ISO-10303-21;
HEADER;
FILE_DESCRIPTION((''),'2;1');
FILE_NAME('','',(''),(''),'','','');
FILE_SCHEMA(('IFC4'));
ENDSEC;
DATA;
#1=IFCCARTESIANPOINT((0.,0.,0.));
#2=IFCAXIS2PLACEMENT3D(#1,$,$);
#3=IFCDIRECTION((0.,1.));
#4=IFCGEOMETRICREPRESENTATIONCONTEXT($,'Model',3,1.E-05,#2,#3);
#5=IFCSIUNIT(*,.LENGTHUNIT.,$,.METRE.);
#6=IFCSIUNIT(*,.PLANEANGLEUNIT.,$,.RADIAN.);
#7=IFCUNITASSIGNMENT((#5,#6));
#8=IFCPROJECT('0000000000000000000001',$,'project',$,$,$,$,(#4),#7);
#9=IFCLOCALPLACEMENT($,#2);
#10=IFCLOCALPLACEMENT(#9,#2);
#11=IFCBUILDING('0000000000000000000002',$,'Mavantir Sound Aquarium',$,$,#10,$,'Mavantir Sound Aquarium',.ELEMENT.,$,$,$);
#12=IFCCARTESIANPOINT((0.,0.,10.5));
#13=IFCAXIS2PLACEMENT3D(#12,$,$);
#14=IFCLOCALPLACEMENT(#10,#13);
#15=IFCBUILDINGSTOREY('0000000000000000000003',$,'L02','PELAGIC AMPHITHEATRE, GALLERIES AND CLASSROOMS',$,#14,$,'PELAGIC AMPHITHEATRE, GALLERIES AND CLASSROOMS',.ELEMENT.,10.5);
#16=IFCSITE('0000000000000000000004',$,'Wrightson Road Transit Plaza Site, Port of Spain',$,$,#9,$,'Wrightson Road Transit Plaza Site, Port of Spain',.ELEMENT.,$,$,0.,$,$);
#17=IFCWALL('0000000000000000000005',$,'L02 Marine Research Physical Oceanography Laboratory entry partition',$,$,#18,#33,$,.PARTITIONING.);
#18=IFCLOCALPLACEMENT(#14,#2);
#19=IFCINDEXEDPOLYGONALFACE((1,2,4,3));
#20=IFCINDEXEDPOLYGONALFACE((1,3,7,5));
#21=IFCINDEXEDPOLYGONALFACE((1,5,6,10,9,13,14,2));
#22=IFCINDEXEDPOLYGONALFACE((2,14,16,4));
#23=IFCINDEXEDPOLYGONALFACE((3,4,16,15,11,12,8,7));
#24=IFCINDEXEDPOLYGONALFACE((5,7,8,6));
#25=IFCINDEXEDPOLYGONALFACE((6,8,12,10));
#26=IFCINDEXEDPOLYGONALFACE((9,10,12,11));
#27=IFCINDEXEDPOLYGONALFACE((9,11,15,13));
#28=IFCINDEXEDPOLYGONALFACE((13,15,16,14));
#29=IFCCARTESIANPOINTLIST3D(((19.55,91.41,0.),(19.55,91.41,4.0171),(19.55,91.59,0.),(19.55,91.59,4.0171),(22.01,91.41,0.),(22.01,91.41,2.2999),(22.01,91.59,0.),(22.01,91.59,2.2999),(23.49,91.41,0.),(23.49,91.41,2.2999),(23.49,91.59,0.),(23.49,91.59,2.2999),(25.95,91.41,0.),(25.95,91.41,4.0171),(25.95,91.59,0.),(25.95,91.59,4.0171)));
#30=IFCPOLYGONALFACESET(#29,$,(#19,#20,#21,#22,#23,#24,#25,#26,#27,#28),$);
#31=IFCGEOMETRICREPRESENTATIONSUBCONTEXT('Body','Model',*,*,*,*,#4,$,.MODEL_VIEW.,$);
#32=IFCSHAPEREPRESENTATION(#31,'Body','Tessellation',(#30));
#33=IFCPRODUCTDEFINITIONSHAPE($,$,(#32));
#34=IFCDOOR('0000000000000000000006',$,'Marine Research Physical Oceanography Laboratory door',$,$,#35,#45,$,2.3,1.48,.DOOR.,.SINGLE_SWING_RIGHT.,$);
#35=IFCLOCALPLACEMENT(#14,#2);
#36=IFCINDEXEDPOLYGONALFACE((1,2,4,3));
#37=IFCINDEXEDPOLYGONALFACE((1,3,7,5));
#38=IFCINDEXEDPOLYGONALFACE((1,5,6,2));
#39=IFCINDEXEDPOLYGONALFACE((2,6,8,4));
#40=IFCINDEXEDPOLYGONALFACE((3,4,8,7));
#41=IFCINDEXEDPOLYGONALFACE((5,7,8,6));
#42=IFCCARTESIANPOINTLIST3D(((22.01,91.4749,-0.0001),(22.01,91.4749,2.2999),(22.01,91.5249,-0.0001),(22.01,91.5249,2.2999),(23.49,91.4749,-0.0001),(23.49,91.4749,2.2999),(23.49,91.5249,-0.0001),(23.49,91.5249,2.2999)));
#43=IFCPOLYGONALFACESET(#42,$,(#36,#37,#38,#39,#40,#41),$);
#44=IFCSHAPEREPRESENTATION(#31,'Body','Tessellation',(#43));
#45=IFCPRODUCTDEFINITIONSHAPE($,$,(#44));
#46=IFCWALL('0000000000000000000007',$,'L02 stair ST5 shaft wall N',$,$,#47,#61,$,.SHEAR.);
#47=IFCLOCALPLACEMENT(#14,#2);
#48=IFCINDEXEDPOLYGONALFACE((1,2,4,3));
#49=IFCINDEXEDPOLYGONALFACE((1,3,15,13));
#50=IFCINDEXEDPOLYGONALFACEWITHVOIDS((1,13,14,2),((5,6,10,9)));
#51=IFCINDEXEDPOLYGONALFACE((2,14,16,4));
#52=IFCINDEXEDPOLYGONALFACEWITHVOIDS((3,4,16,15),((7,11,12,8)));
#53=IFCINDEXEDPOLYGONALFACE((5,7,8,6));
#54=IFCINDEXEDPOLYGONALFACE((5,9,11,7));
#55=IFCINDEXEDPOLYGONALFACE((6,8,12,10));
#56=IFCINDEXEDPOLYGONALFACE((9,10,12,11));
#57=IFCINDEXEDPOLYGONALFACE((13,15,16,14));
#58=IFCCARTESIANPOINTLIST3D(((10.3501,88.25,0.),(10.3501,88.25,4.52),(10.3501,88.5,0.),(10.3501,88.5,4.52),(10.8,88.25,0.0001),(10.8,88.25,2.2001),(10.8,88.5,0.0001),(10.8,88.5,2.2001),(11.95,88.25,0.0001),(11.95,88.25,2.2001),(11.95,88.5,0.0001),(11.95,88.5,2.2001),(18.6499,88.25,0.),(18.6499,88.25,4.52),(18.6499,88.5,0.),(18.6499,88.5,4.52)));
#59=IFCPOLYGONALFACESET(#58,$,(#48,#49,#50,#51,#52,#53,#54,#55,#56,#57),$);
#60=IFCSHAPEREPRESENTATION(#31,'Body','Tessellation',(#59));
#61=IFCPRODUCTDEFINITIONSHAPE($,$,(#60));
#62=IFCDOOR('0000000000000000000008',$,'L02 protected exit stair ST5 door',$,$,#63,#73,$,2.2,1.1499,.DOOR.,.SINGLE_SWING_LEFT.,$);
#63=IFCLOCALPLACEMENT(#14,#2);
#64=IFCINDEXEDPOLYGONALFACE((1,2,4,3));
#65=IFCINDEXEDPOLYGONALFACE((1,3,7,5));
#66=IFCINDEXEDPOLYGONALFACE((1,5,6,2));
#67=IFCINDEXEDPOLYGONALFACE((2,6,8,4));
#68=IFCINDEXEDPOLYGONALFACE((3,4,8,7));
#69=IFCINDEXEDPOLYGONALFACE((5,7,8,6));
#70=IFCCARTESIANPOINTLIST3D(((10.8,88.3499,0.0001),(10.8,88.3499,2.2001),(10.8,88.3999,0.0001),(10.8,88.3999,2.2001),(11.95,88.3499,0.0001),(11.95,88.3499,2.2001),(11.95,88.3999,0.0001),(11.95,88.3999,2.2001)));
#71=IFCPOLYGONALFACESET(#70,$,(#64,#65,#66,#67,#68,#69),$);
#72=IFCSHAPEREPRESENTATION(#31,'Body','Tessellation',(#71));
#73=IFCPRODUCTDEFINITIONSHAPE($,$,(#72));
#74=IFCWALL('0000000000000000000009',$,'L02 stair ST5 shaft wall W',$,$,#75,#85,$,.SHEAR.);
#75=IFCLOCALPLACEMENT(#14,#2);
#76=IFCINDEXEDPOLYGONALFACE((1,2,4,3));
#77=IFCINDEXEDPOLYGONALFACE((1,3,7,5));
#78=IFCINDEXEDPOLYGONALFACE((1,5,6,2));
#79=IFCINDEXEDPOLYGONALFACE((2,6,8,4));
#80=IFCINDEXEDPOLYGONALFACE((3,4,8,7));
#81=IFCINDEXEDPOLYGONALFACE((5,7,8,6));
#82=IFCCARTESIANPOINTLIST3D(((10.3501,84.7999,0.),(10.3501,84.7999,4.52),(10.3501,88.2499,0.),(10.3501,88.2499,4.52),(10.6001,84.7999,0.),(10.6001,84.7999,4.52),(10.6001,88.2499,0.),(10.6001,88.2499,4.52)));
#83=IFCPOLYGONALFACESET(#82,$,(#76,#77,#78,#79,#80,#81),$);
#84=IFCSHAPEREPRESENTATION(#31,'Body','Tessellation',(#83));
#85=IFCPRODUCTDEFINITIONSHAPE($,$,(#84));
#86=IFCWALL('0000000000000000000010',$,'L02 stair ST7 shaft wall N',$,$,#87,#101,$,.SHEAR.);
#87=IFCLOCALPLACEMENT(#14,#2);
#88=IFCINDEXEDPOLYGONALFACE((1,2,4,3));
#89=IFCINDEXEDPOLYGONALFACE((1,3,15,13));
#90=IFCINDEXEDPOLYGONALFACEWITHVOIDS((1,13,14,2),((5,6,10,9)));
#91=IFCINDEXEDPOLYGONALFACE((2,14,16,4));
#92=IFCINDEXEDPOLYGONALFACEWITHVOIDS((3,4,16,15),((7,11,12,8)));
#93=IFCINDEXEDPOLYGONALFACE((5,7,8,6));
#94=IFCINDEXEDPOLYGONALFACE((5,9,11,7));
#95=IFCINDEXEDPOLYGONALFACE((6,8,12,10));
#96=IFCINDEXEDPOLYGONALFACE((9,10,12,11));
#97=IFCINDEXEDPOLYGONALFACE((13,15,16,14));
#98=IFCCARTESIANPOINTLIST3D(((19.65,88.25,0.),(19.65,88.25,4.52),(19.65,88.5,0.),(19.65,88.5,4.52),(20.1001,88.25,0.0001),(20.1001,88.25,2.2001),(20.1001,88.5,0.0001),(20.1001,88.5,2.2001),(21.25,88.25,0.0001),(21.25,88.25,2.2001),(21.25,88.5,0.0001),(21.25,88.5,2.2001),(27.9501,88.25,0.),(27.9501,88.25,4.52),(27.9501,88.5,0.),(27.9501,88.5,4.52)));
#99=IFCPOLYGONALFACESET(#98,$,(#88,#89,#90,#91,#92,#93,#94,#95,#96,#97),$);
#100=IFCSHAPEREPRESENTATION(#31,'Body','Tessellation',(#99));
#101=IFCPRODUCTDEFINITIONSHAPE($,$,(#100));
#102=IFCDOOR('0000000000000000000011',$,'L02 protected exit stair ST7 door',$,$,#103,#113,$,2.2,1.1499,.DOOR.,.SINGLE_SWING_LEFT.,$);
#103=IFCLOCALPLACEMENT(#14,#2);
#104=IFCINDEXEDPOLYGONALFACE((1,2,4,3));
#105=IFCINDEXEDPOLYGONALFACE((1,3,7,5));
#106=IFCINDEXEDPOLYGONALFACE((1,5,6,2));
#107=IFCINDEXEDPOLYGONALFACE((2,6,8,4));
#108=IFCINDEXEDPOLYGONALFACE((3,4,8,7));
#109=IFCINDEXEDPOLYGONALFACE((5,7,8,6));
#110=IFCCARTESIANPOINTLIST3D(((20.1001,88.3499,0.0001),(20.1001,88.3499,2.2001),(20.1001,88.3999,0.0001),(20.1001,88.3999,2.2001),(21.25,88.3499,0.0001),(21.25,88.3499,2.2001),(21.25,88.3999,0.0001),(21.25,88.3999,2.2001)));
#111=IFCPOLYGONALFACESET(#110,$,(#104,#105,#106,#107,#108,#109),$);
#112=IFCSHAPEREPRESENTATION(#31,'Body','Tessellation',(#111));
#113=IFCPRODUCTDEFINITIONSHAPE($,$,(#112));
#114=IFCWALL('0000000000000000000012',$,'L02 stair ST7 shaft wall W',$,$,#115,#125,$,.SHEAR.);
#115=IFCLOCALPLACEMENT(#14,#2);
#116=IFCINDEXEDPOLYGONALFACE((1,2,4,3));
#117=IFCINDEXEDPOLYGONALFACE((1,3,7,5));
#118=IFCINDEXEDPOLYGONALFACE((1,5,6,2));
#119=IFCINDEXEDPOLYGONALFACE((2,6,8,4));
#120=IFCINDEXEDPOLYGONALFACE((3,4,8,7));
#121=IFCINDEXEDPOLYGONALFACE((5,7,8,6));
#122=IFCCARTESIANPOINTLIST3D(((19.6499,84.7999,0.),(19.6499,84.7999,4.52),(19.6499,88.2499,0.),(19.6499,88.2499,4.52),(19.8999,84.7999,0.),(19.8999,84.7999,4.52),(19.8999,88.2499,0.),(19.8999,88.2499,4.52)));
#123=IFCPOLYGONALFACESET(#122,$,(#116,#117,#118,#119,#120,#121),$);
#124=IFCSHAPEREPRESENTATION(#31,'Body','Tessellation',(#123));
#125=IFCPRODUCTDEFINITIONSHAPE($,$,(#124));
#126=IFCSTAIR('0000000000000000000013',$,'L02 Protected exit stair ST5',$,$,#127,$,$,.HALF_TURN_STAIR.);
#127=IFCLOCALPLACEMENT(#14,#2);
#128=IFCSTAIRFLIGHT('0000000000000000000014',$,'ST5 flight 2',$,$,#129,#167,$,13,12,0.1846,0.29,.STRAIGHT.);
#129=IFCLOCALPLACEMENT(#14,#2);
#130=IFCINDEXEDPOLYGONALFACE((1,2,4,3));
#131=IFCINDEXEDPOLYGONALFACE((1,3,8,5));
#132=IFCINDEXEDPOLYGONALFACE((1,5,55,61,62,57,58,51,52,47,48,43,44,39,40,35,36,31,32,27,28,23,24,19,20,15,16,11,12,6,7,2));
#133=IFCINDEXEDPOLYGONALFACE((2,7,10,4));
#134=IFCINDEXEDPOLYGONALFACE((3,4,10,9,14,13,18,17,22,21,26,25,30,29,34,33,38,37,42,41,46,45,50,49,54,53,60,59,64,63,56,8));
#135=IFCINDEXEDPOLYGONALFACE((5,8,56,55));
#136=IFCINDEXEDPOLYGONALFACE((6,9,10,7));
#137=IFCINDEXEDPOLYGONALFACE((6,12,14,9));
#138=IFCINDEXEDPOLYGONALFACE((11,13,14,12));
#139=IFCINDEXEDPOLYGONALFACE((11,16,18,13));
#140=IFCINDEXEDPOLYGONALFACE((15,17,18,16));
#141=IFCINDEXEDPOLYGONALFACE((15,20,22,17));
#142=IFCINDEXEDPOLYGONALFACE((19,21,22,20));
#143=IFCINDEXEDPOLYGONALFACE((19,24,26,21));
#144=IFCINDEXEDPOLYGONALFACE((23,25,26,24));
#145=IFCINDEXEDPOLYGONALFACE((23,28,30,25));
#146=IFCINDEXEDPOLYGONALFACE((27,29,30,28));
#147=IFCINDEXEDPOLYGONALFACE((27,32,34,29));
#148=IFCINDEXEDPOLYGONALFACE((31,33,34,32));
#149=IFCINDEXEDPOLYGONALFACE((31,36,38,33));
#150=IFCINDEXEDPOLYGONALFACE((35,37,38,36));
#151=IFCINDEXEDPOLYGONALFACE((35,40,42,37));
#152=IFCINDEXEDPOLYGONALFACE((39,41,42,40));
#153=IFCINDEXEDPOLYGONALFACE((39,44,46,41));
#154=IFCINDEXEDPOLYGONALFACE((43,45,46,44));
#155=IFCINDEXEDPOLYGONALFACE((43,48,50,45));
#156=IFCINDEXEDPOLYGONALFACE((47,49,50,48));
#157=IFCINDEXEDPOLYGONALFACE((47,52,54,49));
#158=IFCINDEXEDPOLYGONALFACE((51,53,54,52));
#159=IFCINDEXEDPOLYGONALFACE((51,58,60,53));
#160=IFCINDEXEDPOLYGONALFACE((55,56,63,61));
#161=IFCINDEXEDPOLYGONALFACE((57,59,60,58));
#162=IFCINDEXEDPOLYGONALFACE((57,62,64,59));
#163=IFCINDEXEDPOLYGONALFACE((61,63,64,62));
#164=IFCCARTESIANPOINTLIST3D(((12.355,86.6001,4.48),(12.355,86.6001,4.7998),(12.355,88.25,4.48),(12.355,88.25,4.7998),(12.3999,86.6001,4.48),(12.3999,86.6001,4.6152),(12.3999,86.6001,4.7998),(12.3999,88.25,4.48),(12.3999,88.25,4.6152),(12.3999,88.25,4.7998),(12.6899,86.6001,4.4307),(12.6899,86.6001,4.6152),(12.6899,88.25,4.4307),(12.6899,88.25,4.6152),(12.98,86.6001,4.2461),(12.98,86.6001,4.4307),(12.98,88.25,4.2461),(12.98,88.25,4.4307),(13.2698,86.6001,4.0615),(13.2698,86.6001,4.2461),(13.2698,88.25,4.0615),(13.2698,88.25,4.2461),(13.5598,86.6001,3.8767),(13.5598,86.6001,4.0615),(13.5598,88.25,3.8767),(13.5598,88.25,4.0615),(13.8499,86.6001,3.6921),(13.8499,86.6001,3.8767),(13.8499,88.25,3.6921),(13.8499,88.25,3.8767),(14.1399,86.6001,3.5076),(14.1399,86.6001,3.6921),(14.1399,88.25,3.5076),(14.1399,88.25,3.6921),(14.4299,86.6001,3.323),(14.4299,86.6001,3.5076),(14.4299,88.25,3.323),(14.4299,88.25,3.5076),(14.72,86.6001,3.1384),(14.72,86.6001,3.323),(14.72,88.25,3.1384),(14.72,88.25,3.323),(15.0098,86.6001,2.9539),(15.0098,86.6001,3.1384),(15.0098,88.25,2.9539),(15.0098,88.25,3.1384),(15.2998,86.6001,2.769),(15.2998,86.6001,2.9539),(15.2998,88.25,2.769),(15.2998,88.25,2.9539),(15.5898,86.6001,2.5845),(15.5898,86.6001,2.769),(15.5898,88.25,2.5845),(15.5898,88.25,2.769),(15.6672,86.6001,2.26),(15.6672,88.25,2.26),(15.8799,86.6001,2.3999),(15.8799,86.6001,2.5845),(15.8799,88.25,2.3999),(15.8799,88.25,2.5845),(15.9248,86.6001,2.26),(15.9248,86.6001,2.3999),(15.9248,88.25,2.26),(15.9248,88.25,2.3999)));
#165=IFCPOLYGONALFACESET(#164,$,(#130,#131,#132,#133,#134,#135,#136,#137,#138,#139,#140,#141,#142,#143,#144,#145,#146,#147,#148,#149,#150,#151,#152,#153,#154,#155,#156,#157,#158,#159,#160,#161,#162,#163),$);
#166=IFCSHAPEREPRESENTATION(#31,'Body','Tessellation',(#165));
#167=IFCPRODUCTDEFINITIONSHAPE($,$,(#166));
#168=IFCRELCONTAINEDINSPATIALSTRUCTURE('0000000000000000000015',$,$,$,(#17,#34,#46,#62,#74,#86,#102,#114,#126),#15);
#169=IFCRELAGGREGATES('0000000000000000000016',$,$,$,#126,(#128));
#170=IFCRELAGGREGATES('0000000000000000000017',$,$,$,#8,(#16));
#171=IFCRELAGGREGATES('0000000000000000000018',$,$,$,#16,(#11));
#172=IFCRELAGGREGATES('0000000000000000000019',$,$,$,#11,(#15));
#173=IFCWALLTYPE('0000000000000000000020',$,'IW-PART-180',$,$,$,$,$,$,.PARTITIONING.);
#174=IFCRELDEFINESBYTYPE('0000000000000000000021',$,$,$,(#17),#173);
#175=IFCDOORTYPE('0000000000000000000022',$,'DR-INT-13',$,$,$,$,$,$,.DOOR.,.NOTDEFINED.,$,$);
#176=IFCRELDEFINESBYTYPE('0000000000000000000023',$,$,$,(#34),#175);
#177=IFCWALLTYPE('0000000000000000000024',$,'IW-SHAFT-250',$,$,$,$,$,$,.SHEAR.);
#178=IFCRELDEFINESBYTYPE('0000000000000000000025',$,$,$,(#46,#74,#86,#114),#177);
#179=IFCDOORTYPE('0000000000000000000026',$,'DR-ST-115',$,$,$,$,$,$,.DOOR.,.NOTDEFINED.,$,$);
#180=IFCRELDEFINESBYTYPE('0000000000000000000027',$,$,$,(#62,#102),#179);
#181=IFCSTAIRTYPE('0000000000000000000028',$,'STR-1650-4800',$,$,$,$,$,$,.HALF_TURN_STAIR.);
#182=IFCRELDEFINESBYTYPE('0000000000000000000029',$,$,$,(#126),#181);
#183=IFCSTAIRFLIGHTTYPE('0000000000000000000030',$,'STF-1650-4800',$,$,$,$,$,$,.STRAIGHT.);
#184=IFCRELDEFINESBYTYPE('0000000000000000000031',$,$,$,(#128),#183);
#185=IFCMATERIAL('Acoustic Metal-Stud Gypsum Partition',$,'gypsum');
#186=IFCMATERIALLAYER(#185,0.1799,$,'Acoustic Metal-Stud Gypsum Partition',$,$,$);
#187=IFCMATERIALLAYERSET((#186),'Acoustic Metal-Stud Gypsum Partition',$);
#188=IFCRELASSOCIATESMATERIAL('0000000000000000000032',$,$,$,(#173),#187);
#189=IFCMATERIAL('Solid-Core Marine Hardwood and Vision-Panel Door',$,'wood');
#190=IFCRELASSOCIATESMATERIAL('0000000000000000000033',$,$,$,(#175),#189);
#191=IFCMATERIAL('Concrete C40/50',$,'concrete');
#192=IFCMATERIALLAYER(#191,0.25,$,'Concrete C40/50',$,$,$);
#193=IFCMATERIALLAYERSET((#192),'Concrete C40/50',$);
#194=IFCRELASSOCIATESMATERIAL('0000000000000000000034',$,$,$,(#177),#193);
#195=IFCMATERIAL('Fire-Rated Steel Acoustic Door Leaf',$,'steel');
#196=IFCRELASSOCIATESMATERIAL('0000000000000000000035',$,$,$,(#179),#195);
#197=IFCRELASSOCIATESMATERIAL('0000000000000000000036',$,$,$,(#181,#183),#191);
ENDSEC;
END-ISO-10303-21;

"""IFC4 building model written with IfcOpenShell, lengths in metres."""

from ifc_helpers import new_model, si_unit, direction, frame, frame_2d, origin, place, context, subcontext, project, spatial, polyline, rectangle, outline, extrude, material, layer, layer_set, type_object, element, fill, aggregate, save


model = new_model("IFC4")

# Units and contexts
model_context = context("Model", 3, precision=1e-05, world=origin(), true_north=direction((0.0, 1.0)))
body_context = subcontext(model_context, "Body", "Model", "MODEL_VIEW")
ifc_project = project(units=[si_unit("LENGTHUNIT", "METRE"), si_unit("PLANEANGLEUNIT", "RADIAN")], contexts=[model_context])

# Site, building, storey
site_placement = place(None, origin())
site = spatial("IfcSite", under=ifc_project, at=site_placement, Name="Wrightson Road Transit Plaza Site, Port of Spain", LongName="Wrightson Road Transit Plaza Site, Port of Spain", CompositionType="ELEMENT", RefElevation=0.0)
building_placement = place(site_placement, origin())
building = spatial("IfcBuilding", under=site, at=building_placement, Name="Mavantir Sound Aquarium", LongName="Mavantir Sound Aquarium", CompositionType="ELEMENT")
storey_placement = place(building_placement, frame((0.0, 0.0, 10.5)))
storey = spatial("IfcBuildingStorey", under=building, at=storey_placement, Name="L02", Description="PELAGIC AMPHITHEATRE, GALLERIES AND CLASSROOMS", LongName="PELAGIC AMPHITHEATRE, GALLERIES AND CLASSROOMS", CompositionType="ELEMENT", Elevation=10.5)

# Shared definitions
ifc_material_1 = material(Name="Concrete C40/50", Category="concrete")

# Walls, openings, doors
ifc_material_2 = material(Name="Acoustic Metal-Stud Gypsum Partition", Category="gypsum")
ifc_layer_1 = layer(ifc_material_2, 0.1799, Name="Acoustic Metal-Stud Gypsum Partition")
ifc_layer_set_1 = layer_set([ifc_layer_1], Name="Acoustic Metal-Stud Gypsum Partition")
wall_type_1 = type_object("IfcWallType", Name="IW-PART-180", PredefinedType="PARTITIONING", material=ifc_layer_set_1)
wall_1_placement = place(storey_placement, frame((19.55, 91.5, 0.0), z_axis=(0.0, 0.0, 1.0), x_axis=(1.0, 0.0, 0.0)))
wall_1 = element("IfcWall", 1, at=wall_1_placement, inside=storey, type_object=wall_type_1, Name="L02 Marine Research Physical Oceanography Laboratory entry partition", PredefinedType="PARTITIONING", context=body_context, shape_type="SweptSolid", body=[
    extrude(rectangle(XDim=6.3999, YDim=0.1799, at=frame_2d((3.2, 0.0))), origin(), (0.0, 0.0, 1.0), 4.0171),
])
opening_1_placement = place(wall_1_placement, frame((2.46, 0.0, 0.0)))
opening_1 = element("IfcOpeningElement", 2, at=opening_1_placement, cuts=wall_1, PredefinedType="OPENING", context=body_context, shape_type="SweptSolid", body=[
    extrude(rectangle(XDim=1.48, YDim=2.3, at=frame_2d((0.74, 1.1499))), frame((0.0, 0.1001, 0.0), z_axis=(0.0, -1.0, 0.0), x_axis=(1.0, 0.0, 0.0)), (0.0, 0.0, 1.0), 0.2),
])
ifc_material_3 = material(Name="Solid-Core Marine Hardwood and Vision-Panel Door", Category="wood")
door_type_1 = type_object("IfcDoorType", Name="DR-INT-13", OperationType="NOTDEFINED", PredefinedType="DOOR", material=ifc_material_3)
door_1_placement = place(opening_1_placement, origin())
door_1 = element("IfcDoor", 3, at=door_1_placement, inside=storey, type_object=door_type_1, Name="Marine Research Physical Oceanography Laboratory door", OperationType="SINGLE_SWING_RIGHT", OverallHeight=2.3, OverallWidth=1.48, PredefinedType="DOOR", context=body_context, shape_type="SweptSolid", body=[
    extrude(rectangle(XDim=1.48, YDim=2.3, at=frame_2d((0.74, 1.1499))), frame((0.0, 0.0249, 0.0), z_axis=(0.0, -1.0, 0.0), x_axis=(1.0, 0.0, 0.0)), (0.0, 0.0, 1.0), 0.05),
])
fill(opening_1, door_1)
ifc_layer_2 = layer(ifc_material_1, 0.25, Name="Concrete C40/50")
ifc_layer_set_2 = layer_set([ifc_layer_2], Name="Concrete C40/50")
wall_type_2 = type_object("IfcWallType", Name="IW-SHAFT-250", PredefinedType="SHEAR", material=ifc_layer_set_2)
wall_2_placement = place(storey_placement, frame((18.6499, 88.375, 0.0), z_axis=(0.0, 0.0, 1.0), x_axis=(-1.0, 0.0, 0.0)))
wall_2 = element("IfcWall", 4, at=wall_2_placement, inside=storey, type_object=wall_type_2, Name="L02 stair ST5 shaft wall N", PredefinedType="SHEAR", context=body_context, shape_type="SweptSolid", body=[
    extrude(rectangle(XDim=8.2998, YDim=0.25, at=frame_2d((4.1499, 0.0))), origin(), (0.0, 0.0, 1.0), 4.52),
])
opening_2_placement = place(wall_2_placement, frame((7.8499, 0.0, 0.0), z_axis=(0.0, 0.0, 1.0), x_axis=(-1.0, 0.0, 0.0)))
opening_2 = element("IfcOpeningElement", 5, at=opening_2_placement, cuts=wall_2, PredefinedType="OPENING", context=body_context, shape_type="SweptSolid", body=[
    extrude(rectangle(XDim=1.1499, YDim=2.2, at=frame_2d((0.575, 1.1001))), frame((0.0, 0.135, 0.0), z_axis=(0.0, -1.0, 0.0), x_axis=(1.0, 0.0, 0.0)), (0.0, 0.0, 1.0), 0.27),
])
ifc_material_4 = material(Name="Fire-Rated Steel Acoustic Door Leaf", Category="steel")
door_type_2 = type_object("IfcDoorType", Name="DR-ST-115", OperationType="NOTDEFINED", PredefinedType="DOOR", material=ifc_material_4)
door_2_placement = place(opening_2_placement, origin())
door_2 = element("IfcDoor", 6, at=door_2_placement, inside=storey, type_object=door_type_2, Name="L02 protected exit stair ST5 door", OperationType="SINGLE_SWING_LEFT", OverallHeight=2.2, OverallWidth=1.1499, PredefinedType="DOOR", context=body_context, shape_type="SweptSolid", body=[
    extrude(rectangle(XDim=1.1499, YDim=2.2, at=frame_2d((0.575, 1.1001))), frame((0.0, 0.0249, 0.0), z_axis=(0.0, -1.0, 0.0), x_axis=(1.0, 0.0, 0.0)), (0.0, 0.0, 1.0), 0.05),
])
fill(opening_2, door_2)

# Wall
wall_3_placement = place(storey_placement, frame((10.4751, 88.25, 0.0), z_axis=(0.0, 0.0, 1.0), x_axis=(0.0, -1.0, 0.0)))
element("IfcWall", 7, at=wall_3_placement, inside=storey, type_object=wall_type_2, Name="L02 stair ST5 shaft wall W", PredefinedType="SHEAR", context=body_context, shape_type="SweptSolid", body=[
    extrude(rectangle(XDim=3.45, YDim=0.25, at=frame_2d((1.7251, 0.0))), origin(), (0.0, 0.0, 1.0), 4.52),
])

# Wall, opening, door
wall_4_placement = place(storey_placement, frame((27.95, 88.375, 0.0), z_axis=(0.0, 0.0, 1.0), x_axis=(-1.0, 0.0, 0.0)))
wall_4 = element("IfcWall", 8, at=wall_4_placement, inside=storey, type_object=wall_type_2, Name="L02 stair ST7 shaft wall N", PredefinedType="SHEAR", context=body_context, shape_type="SweptSolid", body=[
    extrude(rectangle(XDim=8.3, YDim=0.25, at=frame_2d((4.1499, 0.0))), origin(), (0.0, 0.0, 1.0), 4.52),
])
opening_3_placement = place(wall_4_placement, frame((7.8499, 0.0, 0.0), z_axis=(0.0, 0.0, 1.0), x_axis=(-1.0, 0.0, 0.0)))
opening_3 = element("IfcOpeningElement", 9, at=opening_3_placement, cuts=wall_4, PredefinedType="OPENING", context=body_context, shape_type="SweptSolid", body=[
    extrude(rectangle(XDim=1.1499, YDim=2.2, at=frame_2d((0.575, 1.1001))), frame((0.0, 0.135, 0.0), z_axis=(0.0, -1.0, 0.0), x_axis=(1.0, 0.0, 0.0)), (0.0, 0.0, 1.0), 0.27),
])
door_3_placement = place(opening_3_placement, origin())
door_3 = element("IfcDoor", 10, at=door_3_placement, inside=storey, type_object=door_type_2, Name="L02 protected exit stair ST7 door", OperationType="SINGLE_SWING_LEFT", OverallHeight=2.2, OverallWidth=1.1499, PredefinedType="DOOR", context=body_context, shape_type="SweptSolid", body=[
    extrude(rectangle(XDim=1.1499, YDim=2.2, at=frame_2d((0.575, 1.1001))), frame((0.0, 0.0249, 0.0), z_axis=(0.0, -1.0, 0.0), x_axis=(1.0, 0.0, 0.0)), (0.0, 0.0, 1.0), 0.05),
])
fill(opening_3, door_3)

# Wall
wall_5_placement = place(storey_placement, frame((19.7749, 88.25, 0.0), z_axis=(0.0, 0.0, 1.0), x_axis=(0.0, -1.0, 0.0)))
element("IfcWall", 11, at=wall_5_placement, inside=storey, type_object=wall_type_2, Name="L02 stair ST7 shaft wall W", PredefinedType="SHEAR", context=body_context, shape_type="SweptSolid", body=[
    extrude(rectangle(XDim=3.45, YDim=0.25, at=frame_2d((1.7251, 0.0))), origin(), (0.0, 0.0, 1.0), 4.52),
])

# Stair, stair flight
stair_type = type_object("IfcStairType", Name="STR-1650-4800", PredefinedType="HALF_TURN_STAIR", material=ifc_material_1)
stair_1_placement = place(storey_placement, origin())
stair_1 = element("IfcStair", 12, at=stair_1_placement, inside=storey, type_object=stair_type, Name="L02 Protected exit stair ST5", PredefinedType="HALF_TURN_STAIR")
stair_flight_type = type_object("IfcStairFlightType", Name="STF-1650-4800", PredefinedType="STRAIGHT", material=ifc_material_1)
stair_flight_1_placement = place(storey_placement, frame((15.8799, 87.425, 2.3999), z_axis=(0.0, 0.0, 1.0), x_axis=(-1.0, 0.0, 0.0)))
stair_flight_1 = element("IfcStairFlight", 13, at=stair_flight_1_placement, type_object=stair_flight_type, Name="ST5 flight 2", NumberOfRisers=13, NumberOfTreads=12, PredefinedType="STRAIGHT", RiserHeight=0.1846, TreadLength=0.29, context=body_context, shape_type="SweptSolid", body=[
    extrude(outline(polyline([(-0.0449, -0.1399), (-0.0449, 0.0), (0.0, 0.0), (0.0, 0.1846), (0.29, 0.1846), (0.29, 0.3691), (0.5801, 0.3691), (0.5801, 0.554), (0.8701, 0.554), (0.8701, 0.7385), (1.1599, 0.7385), (1.1599, 0.9231), (1.45, 0.9231), (1.45, 1.1077), (1.74, 1.1077), (1.74, 1.2922), (2.03, 1.2922), (2.03, 1.4768), (2.3201, 1.4768), (2.3201, 1.6616), (2.6101, 1.6616), (2.6101, 1.8462), (2.8999, 1.8462), (2.8999, 2.0308), (3.1899, 2.0308), (3.1899, 2.2153), (3.48, 2.2153), (3.48, 2.3999), (3.5249, 2.3999), (3.5249, 2.0801), (3.48, 2.0801), (0.2126, -0.1399), (-0.0449, -0.1399)])), frame((0.0, 0.825, 0.0), z_axis=(0.0, -1.0, 0.0), x_axis=(1.0, 0.0, 0.0)), (0.0, 0.0, 1.0), 1.6499),
])
aggregate(stair_1, [stair_flight_1])

save(model, "model.ifc")
